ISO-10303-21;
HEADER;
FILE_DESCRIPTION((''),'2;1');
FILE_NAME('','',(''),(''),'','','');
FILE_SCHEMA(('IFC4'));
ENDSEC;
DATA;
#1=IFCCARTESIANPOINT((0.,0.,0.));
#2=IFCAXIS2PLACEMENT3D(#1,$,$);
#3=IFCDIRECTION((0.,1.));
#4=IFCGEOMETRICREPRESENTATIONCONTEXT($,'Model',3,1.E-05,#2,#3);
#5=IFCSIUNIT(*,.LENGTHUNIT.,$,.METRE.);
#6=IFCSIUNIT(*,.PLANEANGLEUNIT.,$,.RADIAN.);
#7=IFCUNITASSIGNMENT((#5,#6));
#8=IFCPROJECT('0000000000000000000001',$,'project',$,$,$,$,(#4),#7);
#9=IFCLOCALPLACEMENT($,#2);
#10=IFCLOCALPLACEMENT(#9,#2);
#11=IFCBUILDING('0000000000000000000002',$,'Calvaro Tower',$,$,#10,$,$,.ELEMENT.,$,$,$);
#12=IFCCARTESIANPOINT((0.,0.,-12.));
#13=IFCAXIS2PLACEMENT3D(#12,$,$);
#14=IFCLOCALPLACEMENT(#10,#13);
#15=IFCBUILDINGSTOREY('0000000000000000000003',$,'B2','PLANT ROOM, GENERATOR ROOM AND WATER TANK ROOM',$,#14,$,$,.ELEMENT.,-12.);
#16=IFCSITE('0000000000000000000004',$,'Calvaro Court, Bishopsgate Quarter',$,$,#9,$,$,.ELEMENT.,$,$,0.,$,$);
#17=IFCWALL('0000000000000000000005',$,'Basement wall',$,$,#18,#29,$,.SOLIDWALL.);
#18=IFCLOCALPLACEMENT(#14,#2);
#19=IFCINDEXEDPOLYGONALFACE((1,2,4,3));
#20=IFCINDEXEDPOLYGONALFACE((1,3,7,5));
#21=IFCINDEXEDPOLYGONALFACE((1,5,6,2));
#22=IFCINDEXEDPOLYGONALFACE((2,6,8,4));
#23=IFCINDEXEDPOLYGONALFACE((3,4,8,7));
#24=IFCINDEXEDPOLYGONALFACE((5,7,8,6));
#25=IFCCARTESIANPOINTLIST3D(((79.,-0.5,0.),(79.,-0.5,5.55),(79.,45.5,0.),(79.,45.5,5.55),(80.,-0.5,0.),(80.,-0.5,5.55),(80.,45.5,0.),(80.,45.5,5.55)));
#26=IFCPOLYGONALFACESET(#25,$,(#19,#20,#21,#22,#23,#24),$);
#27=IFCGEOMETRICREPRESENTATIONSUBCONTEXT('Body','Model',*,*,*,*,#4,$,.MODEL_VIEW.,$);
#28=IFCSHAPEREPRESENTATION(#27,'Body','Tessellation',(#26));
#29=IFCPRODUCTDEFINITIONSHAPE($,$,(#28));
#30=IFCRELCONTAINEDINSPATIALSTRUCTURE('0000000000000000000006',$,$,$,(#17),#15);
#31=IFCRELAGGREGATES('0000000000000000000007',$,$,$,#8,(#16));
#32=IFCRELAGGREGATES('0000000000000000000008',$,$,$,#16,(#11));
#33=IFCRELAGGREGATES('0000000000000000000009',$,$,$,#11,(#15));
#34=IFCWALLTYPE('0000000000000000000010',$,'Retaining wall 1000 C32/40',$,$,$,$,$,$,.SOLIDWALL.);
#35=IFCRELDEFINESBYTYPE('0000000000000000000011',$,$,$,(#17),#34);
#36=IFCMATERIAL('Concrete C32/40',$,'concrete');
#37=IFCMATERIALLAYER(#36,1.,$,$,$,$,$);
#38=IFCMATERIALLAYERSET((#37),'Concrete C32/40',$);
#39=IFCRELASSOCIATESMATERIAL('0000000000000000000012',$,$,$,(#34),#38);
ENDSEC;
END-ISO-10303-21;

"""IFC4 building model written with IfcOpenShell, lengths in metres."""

from ifc_helpers import new_model, si_unit, direction, frame, frame_2d, origin, place, context, subcontext, project, spatial, rectangle, extrude, material, layer, layer_set, type_object, element, save


model = new_model("IFC4")

# Units and contexts
model_context = context("Model", 3, precision=1e-05, world=origin(), true_north=direction((0.0, 1.0)))
body_context = subcontext(model_context, "Body", "Model", "MODEL_VIEW")
ifc_project = project(units=[si_unit("LENGTHUNIT", "METRE"), si_unit("PLANEANGLEUNIT", "RADIAN")], contexts=[model_context])

# Site, building, storey
site_placement = place(None, origin())
site = spatial("IfcSite", under=ifc_project, at=site_placement, Name="Calvaro Court, Bishopsgate Quarter", CompositionType="ELEMENT", RefElevation=0.0)
building_placement = place(site_placement, origin())
building = spatial("IfcBuilding", under=site, at=building_placement, Name="Calvaro Tower", CompositionType="ELEMENT")
storey_placement = place(building_placement, frame((0.0, 0.0, -12.0)))
storey = spatial("IfcBuildingStorey", under=building, at=storey_placement, Name="B2", Description="PLANT ROOM, GENERATOR ROOM AND WATER TANK ROOM", CompositionType="ELEMENT", Elevation=-12.0)

# Wall
ifc_material_1 = material(Name="Concrete C32/40", Category="concrete")
ifc_layer_1 = layer(ifc_material_1, 1.0)
ifc_layer_set_1 = layer_set([ifc_layer_1], Name="Concrete C32/40")
wall_type_1 = type_object("IfcWallType", Name="Retaining wall 1000 C32/40", PredefinedType="SOLIDWALL", material=ifc_layer_set_1)
wall_1_placement = place(storey_placement, frame((79.5, -0.5, 0.0), z_axis=(0.0, 0.0, 1.0), x_axis=(0.0, 1.0, 0.0)))
element("IfcWall", 1, at=wall_1_placement, inside=storey, type_object=wall_type_1, Name="Basement wall", PredefinedType="SOLIDWALL", context=body_context, shape_type="SweptSolid", body=[
    extrude(rectangle(XDim=46.0, YDim=1.0, at=frame_2d((23.0, 0.0))), origin(), (0.0, 0.0, 1.0), 5.55),
])

save(model, "model.ifc")
